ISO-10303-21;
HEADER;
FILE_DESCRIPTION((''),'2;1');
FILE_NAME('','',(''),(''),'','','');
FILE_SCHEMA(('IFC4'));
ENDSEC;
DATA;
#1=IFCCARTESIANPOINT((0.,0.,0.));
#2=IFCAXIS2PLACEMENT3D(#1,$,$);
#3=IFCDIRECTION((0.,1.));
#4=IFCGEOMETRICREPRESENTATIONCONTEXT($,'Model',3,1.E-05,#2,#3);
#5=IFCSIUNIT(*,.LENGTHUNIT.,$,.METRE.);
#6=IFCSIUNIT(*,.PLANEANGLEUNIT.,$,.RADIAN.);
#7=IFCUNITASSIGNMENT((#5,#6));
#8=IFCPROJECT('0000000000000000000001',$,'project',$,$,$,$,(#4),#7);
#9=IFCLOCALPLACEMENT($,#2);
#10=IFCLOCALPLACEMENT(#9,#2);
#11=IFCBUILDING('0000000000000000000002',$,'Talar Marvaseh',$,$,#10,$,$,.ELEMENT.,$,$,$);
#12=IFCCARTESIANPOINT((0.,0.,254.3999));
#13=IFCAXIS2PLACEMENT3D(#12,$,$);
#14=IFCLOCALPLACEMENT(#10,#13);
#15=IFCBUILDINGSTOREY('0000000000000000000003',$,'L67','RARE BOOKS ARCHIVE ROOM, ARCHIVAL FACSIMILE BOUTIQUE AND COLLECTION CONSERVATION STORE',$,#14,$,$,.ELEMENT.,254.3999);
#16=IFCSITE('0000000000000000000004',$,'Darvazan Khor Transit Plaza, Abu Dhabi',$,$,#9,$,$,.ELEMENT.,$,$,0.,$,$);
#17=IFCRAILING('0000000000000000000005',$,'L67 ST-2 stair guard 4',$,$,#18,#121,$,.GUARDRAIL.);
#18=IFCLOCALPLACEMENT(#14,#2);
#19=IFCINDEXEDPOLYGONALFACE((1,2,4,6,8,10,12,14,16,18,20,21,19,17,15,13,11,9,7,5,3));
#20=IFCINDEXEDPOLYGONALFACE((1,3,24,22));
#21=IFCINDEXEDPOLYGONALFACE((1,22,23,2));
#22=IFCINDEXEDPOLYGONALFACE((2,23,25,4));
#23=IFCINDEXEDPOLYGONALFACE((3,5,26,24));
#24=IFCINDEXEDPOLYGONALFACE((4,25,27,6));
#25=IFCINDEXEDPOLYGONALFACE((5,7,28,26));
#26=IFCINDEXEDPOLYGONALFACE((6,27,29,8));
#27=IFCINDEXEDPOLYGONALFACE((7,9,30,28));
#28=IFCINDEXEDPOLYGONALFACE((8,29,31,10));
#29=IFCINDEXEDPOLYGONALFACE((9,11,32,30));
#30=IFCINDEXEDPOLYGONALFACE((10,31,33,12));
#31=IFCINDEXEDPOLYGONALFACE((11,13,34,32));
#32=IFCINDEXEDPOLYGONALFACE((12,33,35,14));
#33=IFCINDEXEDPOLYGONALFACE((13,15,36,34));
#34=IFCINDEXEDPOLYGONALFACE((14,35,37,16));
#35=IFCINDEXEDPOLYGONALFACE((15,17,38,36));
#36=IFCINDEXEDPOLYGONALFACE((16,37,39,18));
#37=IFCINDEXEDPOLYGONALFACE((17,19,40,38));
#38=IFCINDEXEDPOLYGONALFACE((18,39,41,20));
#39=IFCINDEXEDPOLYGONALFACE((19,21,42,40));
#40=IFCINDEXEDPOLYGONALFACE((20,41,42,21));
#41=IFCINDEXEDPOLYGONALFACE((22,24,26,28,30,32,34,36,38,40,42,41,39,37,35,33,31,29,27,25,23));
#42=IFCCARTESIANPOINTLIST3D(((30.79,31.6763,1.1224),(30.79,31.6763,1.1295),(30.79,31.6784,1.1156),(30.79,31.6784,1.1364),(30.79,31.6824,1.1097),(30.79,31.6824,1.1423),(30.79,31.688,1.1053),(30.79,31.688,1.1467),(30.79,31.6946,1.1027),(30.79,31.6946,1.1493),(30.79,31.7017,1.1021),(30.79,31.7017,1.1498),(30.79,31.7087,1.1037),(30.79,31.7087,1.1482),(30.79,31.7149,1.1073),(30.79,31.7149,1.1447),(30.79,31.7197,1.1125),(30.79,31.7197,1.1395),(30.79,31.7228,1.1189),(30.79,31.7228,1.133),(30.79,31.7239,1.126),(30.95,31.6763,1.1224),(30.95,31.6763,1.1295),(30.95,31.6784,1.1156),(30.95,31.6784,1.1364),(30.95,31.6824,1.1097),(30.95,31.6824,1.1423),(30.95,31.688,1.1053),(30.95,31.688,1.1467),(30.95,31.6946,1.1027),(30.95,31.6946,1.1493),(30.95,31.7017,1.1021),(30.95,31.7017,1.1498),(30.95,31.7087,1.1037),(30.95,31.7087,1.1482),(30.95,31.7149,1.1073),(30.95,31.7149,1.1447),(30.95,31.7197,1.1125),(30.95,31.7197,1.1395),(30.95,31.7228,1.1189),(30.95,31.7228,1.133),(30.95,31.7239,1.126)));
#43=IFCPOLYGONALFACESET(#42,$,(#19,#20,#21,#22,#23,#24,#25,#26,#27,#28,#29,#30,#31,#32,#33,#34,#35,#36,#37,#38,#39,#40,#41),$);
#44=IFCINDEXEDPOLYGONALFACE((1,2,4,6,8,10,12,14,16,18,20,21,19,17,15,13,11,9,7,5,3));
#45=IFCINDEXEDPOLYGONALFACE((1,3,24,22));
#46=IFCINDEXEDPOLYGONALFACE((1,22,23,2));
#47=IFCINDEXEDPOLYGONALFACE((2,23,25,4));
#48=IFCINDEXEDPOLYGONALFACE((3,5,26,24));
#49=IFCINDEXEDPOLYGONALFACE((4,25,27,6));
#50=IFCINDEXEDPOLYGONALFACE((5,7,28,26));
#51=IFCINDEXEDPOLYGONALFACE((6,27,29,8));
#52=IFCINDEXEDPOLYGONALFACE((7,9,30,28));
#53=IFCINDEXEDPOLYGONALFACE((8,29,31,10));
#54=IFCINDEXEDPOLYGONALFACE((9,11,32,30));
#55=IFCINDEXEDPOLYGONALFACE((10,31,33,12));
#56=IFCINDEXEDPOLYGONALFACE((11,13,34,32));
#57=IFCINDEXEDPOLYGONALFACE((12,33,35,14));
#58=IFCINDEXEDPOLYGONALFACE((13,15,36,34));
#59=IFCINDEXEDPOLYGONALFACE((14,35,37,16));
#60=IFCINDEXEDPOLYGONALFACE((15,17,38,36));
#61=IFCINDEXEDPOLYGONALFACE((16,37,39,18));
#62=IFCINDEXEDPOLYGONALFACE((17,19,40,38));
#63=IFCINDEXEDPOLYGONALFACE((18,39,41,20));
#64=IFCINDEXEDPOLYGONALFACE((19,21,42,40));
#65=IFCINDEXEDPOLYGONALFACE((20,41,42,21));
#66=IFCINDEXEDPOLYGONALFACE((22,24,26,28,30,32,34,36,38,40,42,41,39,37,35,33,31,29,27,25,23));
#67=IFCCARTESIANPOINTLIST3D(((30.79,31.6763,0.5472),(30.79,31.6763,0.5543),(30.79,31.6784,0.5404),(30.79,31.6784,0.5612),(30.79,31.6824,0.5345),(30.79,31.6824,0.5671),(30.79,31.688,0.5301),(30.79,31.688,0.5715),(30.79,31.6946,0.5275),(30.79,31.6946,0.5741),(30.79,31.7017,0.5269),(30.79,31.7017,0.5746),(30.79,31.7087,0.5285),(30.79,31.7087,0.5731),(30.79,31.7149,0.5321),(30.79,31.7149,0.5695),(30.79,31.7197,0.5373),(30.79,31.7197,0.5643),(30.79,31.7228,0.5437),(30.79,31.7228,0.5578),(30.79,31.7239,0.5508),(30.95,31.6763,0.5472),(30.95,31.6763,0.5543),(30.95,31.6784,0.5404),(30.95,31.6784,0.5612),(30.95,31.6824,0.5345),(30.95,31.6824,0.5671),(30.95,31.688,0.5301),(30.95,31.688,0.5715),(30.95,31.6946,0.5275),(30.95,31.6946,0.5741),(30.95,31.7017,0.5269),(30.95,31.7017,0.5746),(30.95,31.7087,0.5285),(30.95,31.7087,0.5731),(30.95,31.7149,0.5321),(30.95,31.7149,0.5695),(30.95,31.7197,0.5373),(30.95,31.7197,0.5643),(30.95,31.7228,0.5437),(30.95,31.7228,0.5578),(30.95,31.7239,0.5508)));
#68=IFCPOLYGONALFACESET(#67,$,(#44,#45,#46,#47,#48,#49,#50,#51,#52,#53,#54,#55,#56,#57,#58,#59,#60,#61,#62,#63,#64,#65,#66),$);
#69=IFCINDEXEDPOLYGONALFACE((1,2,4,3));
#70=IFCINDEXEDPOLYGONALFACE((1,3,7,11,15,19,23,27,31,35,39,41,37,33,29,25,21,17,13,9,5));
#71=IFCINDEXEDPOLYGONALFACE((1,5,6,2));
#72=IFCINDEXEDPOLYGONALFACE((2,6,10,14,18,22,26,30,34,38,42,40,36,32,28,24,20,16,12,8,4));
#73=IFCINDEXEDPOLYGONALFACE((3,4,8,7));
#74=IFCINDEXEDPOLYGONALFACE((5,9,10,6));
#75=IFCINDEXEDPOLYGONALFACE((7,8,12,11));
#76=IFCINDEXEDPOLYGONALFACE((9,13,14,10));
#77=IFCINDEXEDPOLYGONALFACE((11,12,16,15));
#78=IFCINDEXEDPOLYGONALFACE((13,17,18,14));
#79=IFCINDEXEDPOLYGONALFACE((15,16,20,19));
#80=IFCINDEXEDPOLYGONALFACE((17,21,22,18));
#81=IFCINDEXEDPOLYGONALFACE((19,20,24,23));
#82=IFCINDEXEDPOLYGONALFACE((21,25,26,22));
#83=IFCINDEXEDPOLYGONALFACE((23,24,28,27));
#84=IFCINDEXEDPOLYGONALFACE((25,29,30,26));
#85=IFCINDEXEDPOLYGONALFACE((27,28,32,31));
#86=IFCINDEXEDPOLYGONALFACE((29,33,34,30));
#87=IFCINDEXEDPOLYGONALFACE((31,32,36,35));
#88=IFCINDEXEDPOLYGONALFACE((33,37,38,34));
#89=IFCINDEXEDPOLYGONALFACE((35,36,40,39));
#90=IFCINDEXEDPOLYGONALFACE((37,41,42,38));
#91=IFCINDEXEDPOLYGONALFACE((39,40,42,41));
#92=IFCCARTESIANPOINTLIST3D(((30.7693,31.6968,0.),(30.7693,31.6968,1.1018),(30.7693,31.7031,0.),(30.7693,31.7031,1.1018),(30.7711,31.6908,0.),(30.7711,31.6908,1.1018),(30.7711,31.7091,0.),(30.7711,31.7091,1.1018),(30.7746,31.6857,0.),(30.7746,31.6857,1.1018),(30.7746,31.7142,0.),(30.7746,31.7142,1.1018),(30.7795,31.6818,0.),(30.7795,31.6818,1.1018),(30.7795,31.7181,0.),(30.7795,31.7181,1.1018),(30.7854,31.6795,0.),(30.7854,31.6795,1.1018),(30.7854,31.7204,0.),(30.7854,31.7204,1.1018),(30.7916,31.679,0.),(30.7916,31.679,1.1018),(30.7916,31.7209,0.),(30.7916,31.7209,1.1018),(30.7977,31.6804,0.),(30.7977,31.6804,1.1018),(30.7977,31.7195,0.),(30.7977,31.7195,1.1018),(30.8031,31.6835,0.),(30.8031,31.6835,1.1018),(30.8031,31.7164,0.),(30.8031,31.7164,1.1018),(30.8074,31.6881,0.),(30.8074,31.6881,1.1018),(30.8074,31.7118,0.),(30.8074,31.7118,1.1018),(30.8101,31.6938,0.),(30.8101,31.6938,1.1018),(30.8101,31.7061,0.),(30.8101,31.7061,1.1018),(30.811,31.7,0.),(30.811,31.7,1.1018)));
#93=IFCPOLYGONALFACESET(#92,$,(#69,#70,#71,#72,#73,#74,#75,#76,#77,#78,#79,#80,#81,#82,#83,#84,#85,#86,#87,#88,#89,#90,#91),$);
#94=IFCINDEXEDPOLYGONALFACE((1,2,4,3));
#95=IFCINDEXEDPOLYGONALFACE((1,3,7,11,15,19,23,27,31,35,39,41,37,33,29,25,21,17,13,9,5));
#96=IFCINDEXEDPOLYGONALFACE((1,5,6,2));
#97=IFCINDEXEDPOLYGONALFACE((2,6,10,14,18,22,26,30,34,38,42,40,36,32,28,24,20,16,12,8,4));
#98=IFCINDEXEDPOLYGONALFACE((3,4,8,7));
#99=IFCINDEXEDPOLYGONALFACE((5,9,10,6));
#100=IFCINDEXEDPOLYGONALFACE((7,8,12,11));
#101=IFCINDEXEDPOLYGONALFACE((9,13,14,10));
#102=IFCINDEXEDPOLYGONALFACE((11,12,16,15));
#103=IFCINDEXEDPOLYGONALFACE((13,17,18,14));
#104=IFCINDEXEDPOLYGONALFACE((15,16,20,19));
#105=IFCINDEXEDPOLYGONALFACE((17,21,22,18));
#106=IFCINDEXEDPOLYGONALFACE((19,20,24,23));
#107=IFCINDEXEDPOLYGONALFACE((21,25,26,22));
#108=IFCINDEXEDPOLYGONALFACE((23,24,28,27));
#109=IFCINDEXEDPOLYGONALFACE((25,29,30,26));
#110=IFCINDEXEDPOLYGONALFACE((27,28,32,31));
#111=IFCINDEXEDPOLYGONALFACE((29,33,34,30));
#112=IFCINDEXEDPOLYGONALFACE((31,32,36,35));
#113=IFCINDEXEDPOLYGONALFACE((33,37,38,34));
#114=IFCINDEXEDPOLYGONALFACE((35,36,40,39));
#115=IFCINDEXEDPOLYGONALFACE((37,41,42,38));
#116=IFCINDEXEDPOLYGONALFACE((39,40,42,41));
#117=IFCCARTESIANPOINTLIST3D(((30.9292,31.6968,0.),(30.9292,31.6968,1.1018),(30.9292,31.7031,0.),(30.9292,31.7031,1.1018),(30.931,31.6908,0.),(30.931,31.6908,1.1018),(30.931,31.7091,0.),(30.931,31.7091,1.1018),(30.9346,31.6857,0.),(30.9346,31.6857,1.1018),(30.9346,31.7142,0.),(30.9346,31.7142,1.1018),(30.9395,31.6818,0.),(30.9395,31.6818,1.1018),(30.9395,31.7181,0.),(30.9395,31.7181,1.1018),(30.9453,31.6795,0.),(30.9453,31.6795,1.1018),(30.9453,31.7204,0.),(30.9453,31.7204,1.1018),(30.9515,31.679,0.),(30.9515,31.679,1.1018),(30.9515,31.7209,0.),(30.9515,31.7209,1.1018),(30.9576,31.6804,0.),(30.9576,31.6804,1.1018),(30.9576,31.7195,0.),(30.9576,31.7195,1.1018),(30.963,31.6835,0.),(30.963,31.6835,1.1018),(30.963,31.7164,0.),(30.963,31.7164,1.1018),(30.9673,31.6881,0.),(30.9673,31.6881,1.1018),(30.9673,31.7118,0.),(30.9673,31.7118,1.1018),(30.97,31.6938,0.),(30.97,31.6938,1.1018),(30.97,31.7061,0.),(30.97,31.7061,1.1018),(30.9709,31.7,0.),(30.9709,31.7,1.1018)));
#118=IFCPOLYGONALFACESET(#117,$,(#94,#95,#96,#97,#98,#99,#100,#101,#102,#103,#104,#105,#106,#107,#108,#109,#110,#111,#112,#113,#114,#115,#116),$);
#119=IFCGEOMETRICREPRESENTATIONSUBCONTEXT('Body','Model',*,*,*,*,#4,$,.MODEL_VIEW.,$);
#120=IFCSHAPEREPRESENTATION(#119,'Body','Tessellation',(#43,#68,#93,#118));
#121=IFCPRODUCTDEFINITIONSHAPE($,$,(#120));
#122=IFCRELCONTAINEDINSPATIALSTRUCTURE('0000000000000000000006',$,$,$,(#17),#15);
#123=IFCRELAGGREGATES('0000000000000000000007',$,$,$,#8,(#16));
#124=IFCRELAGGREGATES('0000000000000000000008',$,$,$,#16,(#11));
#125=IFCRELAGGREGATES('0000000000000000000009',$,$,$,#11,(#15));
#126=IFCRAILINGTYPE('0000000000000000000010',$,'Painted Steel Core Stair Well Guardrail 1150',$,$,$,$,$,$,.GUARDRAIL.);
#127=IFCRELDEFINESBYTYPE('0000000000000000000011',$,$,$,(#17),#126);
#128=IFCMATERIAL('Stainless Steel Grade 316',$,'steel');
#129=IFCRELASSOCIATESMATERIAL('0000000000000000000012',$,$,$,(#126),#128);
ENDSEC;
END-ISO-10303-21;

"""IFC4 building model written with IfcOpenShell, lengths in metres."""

from ifc_helpers import new_model, si_unit, direction, frame, origin, origin_2d, place, context, subcontext, project, spatial, circle, extrude, material, type_object, element, save


model = new_model("IFC4")

# Units and contexts
model_context = context("Model", 3, precision=1e-05, world=origin(), true_north=direction((0.0, 1.0)))
body_context = subcontext(model_context, "Body", "Model", "MODEL_VIEW")
ifc_project = project(units=[si_unit("LENGTHUNIT", "METRE"), si_unit("PLANEANGLEUNIT", "RADIAN")], contexts=[model_context])

# Site, building, storey
site_placement = place(None, origin())
site = spatial("IfcSite", under=ifc_project, at=site_placement, Name="Darvazan Khor Transit Plaza, Abu Dhabi", CompositionType="ELEMENT", RefElevation=0.0)
building_placement = place(site_placement, origin())
building = spatial("IfcBuilding", under=site, at=building_placement, Name="Talar Marvaseh", CompositionType="ELEMENT")
storey_placement = place(building_placement, frame((0.0, 0.0, 254.3999)))
storey = spatial("IfcBuildingStorey", under=building, at=storey_placement, Name="L67", Description="RARE BOOKS ARCHIVE ROOM, ARCHIVAL FACSIMILE BOUTIQUE AND COLLECTION CONSERVATION STORE", CompositionType="ELEMENT", Elevation=254.3999)

# Shared definitions
ifc_material_1 = material(Name="Stainless Steel Grade 316", Category="steel")

# Railing
railing_type_1 = type_object("IfcRailingType", Name="Painted Steel Core Stair Well Guardrail 1150", PredefinedType="GUARDRAIL", material=ifc_material_1)
railing_1_placement = place(storey_placement, frame((30.79, 31.7, 0.0)))
element("IfcRailing", 1, at=railing_1_placement, inside=storey, type_object=railing_type_1, Name="L67 ST-2 stair guard 4", PredefinedType="GUARDRAIL", context=body_context, shape_type="SweptSolid", body=[
    extrude(circle(Radius=0.0239, at=origin_2d()), frame((0.0, 0.0, 1.126), z_axis=(1.0, 0.0, 0.0), x_axis=(0.0, 1.0, 0.0)), (0.0, 0.0, 1.0), 0.1599),
    extrude(circle(Radius=0.0239, at=origin_2d()), frame((0.0, 0.0, 0.5508), z_axis=(1.0, 0.0, 0.0), x_axis=(0.0, 1.0, 0.0)), (0.0, 0.0, 1.0), 0.1599),
    extrude(circle(Radius=0.021, at=origin_2d()), origin(), (0.0, 0.0, 1.0), 1.1018),
    extrude(circle(Radius=0.021, at=origin_2d()), frame((0.1599, 0.0, 0.0)), (0.0, 0.0, 1.0), 1.1018),
])

save(model, "model.ifc")
